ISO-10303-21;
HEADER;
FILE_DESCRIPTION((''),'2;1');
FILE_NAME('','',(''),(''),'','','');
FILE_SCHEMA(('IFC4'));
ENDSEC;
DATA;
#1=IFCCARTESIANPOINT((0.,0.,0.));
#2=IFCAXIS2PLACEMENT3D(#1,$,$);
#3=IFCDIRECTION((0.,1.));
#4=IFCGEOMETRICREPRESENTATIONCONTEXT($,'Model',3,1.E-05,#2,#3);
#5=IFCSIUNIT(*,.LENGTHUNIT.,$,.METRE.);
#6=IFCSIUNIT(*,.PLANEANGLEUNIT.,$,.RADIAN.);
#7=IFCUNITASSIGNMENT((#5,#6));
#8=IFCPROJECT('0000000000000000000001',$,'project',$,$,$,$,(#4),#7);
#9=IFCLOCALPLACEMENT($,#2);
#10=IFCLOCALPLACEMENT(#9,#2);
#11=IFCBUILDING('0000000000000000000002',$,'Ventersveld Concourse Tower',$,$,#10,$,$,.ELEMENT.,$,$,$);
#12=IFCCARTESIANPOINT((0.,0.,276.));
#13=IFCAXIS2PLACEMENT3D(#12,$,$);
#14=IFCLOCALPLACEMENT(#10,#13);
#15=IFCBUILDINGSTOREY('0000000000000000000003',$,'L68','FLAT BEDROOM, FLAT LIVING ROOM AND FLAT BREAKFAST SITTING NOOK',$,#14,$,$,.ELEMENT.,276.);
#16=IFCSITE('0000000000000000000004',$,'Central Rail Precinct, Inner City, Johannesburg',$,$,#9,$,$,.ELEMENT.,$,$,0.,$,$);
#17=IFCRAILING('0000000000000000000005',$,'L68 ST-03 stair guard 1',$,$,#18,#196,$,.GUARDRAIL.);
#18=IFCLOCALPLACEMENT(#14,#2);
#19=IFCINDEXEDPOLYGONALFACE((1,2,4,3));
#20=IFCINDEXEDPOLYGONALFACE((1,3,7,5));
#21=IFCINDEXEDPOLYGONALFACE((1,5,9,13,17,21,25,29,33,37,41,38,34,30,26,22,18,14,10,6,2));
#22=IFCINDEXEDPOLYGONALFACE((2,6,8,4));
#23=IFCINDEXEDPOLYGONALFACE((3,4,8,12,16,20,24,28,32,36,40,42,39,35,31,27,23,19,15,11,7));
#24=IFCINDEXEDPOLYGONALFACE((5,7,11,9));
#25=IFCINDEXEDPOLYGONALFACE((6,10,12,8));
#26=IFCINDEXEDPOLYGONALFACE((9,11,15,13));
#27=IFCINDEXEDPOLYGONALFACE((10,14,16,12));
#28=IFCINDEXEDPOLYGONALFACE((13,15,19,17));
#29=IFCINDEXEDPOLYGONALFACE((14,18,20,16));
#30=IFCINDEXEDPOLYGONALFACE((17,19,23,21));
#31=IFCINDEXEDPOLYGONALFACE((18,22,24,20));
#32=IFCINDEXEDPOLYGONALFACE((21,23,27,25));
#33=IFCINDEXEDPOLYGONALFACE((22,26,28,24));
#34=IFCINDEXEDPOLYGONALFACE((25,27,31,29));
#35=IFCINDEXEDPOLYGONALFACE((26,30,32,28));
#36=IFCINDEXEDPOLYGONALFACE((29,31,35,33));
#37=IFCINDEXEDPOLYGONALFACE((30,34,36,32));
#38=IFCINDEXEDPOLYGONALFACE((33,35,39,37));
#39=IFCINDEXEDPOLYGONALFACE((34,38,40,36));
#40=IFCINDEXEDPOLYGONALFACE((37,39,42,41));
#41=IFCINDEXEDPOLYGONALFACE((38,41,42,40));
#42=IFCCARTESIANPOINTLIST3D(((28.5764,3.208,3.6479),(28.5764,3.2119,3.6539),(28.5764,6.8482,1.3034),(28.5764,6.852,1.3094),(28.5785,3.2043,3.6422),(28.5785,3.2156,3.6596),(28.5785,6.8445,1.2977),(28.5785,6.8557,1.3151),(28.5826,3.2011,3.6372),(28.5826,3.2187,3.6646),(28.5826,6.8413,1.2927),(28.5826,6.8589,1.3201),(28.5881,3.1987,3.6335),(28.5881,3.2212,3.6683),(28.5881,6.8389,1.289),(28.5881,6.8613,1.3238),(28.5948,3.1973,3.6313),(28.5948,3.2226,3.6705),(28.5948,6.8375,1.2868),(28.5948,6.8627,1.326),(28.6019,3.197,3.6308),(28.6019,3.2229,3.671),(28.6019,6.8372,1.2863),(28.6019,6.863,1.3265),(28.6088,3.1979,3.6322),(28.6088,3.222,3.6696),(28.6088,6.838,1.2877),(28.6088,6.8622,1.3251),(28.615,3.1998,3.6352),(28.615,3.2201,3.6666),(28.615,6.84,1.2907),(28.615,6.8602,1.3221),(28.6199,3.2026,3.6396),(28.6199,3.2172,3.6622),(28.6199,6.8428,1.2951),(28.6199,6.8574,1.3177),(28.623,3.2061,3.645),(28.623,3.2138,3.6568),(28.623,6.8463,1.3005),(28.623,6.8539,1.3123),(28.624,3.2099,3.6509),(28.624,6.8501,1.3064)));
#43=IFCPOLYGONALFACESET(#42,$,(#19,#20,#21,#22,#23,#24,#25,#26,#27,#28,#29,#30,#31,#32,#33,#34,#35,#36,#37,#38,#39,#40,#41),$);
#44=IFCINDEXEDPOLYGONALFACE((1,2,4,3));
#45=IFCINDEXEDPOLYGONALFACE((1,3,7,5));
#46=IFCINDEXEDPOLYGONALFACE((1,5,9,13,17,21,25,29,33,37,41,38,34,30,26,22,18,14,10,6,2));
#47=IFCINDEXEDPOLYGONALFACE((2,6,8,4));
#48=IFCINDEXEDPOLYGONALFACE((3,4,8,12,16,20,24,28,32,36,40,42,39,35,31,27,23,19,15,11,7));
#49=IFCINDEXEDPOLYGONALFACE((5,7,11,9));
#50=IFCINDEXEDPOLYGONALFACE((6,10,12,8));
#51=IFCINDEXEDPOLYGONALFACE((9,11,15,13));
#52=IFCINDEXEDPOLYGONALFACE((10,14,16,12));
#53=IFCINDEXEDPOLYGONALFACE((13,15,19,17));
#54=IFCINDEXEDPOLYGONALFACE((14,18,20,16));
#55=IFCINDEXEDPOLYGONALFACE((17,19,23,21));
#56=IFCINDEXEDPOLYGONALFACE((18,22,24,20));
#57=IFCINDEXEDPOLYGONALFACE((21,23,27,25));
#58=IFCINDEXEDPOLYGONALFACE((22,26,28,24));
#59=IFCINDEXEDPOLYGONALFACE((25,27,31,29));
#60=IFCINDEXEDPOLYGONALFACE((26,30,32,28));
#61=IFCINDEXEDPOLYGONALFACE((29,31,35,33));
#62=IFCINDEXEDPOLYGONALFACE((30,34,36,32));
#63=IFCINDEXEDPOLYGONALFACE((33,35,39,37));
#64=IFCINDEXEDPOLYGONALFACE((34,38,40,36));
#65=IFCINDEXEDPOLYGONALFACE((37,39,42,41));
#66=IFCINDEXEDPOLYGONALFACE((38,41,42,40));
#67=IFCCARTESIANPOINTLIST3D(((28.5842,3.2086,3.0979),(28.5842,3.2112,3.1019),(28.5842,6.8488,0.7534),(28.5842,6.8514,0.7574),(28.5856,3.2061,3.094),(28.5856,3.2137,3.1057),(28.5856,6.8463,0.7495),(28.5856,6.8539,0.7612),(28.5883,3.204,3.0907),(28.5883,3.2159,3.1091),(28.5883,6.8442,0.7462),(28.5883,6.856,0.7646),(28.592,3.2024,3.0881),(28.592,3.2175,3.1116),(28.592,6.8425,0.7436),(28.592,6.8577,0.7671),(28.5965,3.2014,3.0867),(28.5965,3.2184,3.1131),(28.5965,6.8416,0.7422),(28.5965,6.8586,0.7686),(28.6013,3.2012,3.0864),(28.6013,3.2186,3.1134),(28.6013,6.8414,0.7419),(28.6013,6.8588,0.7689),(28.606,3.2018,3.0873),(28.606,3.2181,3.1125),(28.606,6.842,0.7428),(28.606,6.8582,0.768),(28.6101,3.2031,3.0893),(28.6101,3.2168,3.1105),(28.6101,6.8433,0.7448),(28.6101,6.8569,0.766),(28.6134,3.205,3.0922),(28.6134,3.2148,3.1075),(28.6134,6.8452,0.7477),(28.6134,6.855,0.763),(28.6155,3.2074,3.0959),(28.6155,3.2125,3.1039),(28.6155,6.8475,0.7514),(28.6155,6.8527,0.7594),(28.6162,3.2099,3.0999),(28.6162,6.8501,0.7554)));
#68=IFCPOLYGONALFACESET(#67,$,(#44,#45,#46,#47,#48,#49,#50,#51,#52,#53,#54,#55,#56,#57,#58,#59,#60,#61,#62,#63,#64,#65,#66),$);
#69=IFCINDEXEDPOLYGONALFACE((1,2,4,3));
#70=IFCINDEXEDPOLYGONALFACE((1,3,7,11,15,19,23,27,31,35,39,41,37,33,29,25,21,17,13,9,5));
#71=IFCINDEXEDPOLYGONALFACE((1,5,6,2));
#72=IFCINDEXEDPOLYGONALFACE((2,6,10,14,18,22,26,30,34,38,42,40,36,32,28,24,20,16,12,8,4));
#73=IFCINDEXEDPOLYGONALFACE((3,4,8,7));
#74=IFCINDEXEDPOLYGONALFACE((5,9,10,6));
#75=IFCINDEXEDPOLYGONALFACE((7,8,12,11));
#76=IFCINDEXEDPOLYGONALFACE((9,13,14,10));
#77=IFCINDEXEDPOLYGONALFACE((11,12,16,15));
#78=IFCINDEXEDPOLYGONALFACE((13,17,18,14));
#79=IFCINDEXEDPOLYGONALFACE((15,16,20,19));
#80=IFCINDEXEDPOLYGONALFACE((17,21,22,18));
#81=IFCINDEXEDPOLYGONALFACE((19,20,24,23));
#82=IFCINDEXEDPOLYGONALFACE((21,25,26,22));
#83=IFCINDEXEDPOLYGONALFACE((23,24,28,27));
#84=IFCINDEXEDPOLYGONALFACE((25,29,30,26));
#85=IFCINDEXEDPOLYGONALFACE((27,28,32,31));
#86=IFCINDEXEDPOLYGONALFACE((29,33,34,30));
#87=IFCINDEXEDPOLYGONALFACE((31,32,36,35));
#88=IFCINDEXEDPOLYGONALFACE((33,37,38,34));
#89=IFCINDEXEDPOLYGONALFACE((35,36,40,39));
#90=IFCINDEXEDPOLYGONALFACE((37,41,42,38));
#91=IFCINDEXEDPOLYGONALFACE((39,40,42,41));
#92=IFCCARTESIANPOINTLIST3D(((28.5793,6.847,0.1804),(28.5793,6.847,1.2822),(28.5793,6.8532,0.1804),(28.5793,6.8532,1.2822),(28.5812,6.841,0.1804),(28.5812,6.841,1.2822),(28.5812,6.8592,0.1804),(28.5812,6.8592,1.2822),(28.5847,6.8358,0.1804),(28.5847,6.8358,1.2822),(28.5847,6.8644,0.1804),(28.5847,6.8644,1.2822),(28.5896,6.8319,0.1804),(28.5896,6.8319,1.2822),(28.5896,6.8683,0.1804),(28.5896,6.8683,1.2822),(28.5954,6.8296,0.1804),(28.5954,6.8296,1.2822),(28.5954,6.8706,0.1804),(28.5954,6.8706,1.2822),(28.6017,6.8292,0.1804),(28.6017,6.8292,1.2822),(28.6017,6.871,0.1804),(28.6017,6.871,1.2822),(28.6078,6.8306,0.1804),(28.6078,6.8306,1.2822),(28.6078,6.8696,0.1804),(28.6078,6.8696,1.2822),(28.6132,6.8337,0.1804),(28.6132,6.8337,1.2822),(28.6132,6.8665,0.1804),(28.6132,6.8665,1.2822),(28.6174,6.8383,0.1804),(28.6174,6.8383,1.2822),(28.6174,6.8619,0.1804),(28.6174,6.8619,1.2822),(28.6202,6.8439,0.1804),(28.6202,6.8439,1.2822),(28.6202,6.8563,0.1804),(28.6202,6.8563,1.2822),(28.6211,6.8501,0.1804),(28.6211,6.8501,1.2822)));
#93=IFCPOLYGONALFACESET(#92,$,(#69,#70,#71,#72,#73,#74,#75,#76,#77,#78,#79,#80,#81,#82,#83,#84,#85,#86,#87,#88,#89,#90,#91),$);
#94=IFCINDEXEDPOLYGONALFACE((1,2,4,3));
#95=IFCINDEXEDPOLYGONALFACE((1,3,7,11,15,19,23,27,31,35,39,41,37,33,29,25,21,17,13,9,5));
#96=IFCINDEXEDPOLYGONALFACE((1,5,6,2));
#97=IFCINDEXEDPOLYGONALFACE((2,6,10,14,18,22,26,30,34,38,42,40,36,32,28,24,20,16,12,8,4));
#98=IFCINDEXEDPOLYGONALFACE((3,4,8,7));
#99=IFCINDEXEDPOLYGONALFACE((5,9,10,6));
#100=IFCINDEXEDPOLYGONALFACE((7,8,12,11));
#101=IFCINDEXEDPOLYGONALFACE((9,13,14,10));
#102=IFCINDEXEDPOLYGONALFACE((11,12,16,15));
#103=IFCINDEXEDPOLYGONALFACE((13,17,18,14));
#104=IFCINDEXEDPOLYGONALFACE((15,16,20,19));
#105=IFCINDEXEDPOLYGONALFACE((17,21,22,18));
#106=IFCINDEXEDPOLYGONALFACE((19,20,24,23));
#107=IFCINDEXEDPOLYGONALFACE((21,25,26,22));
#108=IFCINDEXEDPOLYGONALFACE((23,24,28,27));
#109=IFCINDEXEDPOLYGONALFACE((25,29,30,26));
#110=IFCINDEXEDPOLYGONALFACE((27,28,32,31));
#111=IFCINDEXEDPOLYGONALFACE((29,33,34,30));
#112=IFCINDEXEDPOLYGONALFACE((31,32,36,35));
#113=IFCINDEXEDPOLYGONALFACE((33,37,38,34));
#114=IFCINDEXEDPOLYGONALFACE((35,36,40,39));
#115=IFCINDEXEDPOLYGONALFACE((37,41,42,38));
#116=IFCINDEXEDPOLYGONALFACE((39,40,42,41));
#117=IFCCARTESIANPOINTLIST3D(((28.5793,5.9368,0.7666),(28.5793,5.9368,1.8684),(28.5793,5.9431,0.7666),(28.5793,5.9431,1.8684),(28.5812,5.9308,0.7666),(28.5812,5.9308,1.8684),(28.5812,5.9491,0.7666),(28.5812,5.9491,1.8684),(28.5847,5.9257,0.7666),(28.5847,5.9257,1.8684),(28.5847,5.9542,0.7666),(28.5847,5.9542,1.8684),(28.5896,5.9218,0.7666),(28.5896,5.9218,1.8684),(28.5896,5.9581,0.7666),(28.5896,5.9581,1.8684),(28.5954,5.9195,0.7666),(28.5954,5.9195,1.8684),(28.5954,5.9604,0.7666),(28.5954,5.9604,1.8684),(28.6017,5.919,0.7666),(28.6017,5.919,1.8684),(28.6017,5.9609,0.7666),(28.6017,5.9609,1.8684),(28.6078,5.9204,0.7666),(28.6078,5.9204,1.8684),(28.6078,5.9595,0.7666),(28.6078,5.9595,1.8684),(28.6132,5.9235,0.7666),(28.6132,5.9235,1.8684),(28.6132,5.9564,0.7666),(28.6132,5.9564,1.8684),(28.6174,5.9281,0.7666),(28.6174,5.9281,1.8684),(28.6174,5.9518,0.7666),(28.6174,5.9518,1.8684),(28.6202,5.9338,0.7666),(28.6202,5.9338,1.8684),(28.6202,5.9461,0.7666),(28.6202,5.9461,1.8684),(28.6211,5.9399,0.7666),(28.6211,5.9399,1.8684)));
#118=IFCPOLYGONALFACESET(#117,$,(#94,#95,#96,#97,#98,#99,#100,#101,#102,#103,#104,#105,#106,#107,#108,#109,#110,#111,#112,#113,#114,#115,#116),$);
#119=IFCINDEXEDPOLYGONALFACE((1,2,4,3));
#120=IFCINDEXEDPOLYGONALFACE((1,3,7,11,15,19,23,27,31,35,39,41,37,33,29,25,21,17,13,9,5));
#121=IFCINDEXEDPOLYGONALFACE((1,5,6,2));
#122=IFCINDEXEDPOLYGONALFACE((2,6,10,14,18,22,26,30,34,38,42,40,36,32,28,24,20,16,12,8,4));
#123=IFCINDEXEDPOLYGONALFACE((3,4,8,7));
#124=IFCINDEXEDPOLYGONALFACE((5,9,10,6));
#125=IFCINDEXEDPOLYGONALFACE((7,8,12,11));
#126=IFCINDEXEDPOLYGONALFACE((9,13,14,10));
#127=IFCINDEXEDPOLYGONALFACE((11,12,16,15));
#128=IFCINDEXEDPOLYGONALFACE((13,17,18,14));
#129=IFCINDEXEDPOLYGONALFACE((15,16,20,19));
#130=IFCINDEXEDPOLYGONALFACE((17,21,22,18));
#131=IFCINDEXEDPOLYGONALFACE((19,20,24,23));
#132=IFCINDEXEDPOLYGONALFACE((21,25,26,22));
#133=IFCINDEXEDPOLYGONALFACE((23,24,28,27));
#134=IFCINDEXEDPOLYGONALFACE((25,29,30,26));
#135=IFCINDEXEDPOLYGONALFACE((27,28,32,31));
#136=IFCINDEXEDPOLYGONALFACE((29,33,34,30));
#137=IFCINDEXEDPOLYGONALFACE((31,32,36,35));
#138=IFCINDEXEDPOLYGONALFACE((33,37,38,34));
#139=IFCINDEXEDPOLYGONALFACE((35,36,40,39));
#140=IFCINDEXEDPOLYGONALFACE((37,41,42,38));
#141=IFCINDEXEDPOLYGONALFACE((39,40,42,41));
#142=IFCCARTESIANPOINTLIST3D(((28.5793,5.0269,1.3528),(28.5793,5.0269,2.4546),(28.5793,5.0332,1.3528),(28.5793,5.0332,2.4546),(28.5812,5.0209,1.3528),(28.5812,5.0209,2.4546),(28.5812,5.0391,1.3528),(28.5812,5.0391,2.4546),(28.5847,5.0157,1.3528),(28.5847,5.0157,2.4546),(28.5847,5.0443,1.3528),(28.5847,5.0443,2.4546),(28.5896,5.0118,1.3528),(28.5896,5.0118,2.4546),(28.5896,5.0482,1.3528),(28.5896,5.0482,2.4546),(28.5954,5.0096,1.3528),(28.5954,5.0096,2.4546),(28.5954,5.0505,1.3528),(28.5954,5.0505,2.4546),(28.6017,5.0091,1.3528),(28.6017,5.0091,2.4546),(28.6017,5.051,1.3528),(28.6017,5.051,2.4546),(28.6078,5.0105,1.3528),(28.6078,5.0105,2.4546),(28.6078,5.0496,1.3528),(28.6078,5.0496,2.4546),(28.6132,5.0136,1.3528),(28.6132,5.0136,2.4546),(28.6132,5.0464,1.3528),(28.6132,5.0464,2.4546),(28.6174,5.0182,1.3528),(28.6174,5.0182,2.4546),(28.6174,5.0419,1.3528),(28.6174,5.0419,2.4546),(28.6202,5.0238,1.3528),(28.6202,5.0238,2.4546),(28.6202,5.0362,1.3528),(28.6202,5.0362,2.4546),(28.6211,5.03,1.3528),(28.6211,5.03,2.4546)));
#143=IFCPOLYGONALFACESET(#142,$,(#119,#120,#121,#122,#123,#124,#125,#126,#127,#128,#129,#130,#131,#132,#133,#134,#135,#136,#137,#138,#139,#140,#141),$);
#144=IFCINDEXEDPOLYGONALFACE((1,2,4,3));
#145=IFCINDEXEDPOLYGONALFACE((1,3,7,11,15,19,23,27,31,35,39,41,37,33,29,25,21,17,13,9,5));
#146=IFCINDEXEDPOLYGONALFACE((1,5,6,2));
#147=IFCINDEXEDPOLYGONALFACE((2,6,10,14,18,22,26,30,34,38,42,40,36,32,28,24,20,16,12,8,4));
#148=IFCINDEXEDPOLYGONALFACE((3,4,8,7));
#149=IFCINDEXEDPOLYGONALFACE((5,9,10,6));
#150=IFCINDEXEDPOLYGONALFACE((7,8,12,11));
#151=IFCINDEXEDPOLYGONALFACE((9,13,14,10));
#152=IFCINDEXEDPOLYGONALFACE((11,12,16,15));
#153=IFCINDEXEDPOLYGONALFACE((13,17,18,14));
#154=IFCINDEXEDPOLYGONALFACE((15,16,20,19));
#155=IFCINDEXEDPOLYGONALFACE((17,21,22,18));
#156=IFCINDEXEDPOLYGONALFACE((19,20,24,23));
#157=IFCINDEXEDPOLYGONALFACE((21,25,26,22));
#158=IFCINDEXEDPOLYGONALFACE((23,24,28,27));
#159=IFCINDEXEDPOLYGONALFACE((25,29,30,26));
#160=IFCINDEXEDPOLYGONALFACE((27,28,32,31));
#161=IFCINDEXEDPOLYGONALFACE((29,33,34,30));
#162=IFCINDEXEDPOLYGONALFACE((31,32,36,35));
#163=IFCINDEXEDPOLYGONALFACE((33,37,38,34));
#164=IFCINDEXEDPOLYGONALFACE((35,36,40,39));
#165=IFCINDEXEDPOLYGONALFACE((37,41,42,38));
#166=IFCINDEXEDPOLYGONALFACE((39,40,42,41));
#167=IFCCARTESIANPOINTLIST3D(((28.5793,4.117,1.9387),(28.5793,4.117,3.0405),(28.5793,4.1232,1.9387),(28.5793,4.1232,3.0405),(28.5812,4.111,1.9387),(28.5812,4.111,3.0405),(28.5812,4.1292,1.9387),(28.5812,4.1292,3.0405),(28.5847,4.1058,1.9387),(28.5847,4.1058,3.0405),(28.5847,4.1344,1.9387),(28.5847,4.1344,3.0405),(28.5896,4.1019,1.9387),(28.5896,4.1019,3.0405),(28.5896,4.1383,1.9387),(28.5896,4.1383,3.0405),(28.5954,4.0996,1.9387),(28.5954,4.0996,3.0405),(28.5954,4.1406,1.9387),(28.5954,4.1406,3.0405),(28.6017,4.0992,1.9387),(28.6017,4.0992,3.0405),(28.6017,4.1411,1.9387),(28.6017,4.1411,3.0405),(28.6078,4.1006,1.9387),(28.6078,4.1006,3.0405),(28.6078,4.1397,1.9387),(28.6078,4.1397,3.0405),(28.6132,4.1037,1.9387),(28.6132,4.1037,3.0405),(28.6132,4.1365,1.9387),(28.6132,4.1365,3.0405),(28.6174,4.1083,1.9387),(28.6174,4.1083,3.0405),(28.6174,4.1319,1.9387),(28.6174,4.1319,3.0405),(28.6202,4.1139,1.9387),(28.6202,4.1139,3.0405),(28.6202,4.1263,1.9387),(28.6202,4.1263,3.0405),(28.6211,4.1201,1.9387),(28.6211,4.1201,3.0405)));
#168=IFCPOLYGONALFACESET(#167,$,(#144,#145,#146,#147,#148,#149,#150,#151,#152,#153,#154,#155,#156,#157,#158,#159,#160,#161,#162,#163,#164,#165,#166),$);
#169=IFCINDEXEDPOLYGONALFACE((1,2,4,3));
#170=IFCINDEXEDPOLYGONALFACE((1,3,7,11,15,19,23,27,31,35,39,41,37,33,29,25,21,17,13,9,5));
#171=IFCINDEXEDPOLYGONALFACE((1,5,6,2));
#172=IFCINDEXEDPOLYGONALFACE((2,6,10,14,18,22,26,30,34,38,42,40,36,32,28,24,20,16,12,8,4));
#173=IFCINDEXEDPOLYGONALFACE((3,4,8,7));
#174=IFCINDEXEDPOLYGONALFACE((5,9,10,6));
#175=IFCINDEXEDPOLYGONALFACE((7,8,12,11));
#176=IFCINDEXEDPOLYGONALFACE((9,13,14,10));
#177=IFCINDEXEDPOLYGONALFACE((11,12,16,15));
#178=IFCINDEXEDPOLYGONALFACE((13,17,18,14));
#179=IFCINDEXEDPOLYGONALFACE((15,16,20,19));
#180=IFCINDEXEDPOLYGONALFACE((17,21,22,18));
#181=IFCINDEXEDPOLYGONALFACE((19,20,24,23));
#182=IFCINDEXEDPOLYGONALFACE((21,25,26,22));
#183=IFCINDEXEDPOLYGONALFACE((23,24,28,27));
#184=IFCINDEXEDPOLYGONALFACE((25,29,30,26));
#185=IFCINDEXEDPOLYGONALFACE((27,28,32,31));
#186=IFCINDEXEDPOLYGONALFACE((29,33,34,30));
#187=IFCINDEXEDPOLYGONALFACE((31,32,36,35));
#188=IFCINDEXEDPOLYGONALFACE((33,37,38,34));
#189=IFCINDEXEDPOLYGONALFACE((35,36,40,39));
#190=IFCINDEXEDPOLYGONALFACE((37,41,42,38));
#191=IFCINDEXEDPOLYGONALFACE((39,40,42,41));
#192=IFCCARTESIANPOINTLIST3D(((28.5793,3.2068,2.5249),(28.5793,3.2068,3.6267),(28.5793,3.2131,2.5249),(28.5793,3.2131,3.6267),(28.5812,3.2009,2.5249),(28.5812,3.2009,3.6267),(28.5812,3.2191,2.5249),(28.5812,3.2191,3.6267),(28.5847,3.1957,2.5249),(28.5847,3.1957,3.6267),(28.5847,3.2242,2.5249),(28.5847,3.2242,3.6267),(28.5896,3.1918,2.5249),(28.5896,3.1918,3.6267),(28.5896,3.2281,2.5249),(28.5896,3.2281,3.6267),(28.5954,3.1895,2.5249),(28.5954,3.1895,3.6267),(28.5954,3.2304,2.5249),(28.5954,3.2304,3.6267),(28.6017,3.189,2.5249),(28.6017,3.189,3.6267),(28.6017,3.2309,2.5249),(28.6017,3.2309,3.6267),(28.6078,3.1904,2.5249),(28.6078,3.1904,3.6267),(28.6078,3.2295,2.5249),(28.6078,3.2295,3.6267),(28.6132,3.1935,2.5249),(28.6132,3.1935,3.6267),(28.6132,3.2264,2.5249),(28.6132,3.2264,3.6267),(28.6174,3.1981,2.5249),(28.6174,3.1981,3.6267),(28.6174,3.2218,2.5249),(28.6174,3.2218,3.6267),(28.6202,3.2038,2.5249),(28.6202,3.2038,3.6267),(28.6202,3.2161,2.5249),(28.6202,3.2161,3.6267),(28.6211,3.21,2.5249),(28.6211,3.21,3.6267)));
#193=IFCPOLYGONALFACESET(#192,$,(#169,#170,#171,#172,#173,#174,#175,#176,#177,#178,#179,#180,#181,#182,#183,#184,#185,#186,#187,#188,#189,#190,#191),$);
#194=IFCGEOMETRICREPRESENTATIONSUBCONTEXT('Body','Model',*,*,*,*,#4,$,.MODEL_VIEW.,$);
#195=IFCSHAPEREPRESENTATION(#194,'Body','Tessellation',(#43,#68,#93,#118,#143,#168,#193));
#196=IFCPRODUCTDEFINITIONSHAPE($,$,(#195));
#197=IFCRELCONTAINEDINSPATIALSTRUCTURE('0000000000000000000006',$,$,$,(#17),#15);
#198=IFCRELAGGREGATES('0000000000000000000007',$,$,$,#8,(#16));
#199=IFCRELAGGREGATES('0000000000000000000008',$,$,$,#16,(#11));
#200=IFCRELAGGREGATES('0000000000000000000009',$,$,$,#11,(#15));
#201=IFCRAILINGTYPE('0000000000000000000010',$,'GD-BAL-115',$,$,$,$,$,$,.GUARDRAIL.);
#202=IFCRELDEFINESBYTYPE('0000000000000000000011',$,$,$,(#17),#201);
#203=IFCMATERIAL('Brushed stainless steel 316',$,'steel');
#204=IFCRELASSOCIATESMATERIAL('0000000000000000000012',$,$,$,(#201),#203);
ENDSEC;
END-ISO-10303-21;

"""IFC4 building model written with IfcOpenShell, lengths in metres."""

from ifc_helpers import new_model, si_unit, direction, frame, origin, origin_2d, place, context, subcontext, project, spatial, circle, extrude, material, type_object, element, save


model = new_model("IFC4")

# Units and contexts
model_context = context("Model", 3, precision=1e-05, world=origin(), true_north=direction((0.0, 1.0)))
body_context = subcontext(model_context, "Body", "Model", "MODEL_VIEW")
ifc_project = project(units=[si_unit("LENGTHUNIT", "METRE"), si_unit("PLANEANGLEUNIT", "RADIAN")], contexts=[model_context])

# Site, building, storey
site_placement = place(None, origin())
site = spatial("IfcSite", under=ifc_project, at=site_placement, Name="Central Rail Precinct, Inner City, Johannesburg", CompositionType="ELEMENT", RefElevation=0.0)
building_placement = place(site_placement, origin())
building = spatial("IfcBuilding", under=site, at=building_placement, Name="Ventersveld Concourse Tower", CompositionType="ELEMENT")
storey_placement = place(building_placement, frame((0.0, 0.0, 276.0)))
storey = spatial("IfcBuildingStorey", under=building, at=storey_placement, Name="L68", Description="FLAT BEDROOM, FLAT LIVING ROOM AND FLAT BREAKFAST SITTING NOOK", CompositionType="ELEMENT", Elevation=276.0)

# Shared definitions
ifc_material_1 = material(Name="Brushed stainless steel 316", Category="steel")

# Railing
railing_type_1 = type_object("IfcRailingType", Name="GD-BAL-115", PredefinedType="GUARDRAIL", material=ifc_material_1)
railing_1_placement = place(storey_placement, frame((28.6001, 6.8501, 0.1804)))
element("IfcRailing", 1, at=railing_1_placement, inside=storey, type_object=railing_type_1, Name="L68 ST-03 stair guard 1", PredefinedType="GUARDRAIL", context=body_context, shape_type="SweptSolid", body=[
    extrude(circle(Radius=0.0239, at=origin_2d()), frame((0.0, 0.0, 1.126), z_axis=(0.0, -0.840716, 0.541476), x_axis=(1.0, 0.0, 0.0)), (0.0, 0.0, 1.0), 4.3298),
    extrude(circle(Radius=0.0161, at=origin_2d()), frame((0.0, 0.0, 0.575), z_axis=(0.0, -0.840716, 0.541476), x_axis=(1.0, 0.0, 0.0)), (0.0, 0.0, 1.0), 4.3298),
    extrude(circle(Radius=0.021, at=origin_2d()), origin(), (0.0, 0.0, 1.0), 1.1018),
    extrude(circle(Radius=0.021, at=origin_2d()), frame((0.0, -0.9102, 0.5862)), (0.0, 0.0, 1.0), 1.1018),
    extrude(circle(Radius=0.021, at=origin_2d()), frame((0.0, -1.8201, 1.1724)), (0.0, 0.0, 1.0), 1.1018),
    extrude(circle(Radius=0.021, at=origin_2d()), frame((0.0, -2.73, 1.7583)), (0.0, 0.0, 1.0), 1.1018),
    extrude(circle(Radius=0.021, at=origin_2d()), frame((0.0, -3.6401, 2.3445)), (0.0, 0.0, 1.0), 1.1018),
])

save(model, "model.ifc")
